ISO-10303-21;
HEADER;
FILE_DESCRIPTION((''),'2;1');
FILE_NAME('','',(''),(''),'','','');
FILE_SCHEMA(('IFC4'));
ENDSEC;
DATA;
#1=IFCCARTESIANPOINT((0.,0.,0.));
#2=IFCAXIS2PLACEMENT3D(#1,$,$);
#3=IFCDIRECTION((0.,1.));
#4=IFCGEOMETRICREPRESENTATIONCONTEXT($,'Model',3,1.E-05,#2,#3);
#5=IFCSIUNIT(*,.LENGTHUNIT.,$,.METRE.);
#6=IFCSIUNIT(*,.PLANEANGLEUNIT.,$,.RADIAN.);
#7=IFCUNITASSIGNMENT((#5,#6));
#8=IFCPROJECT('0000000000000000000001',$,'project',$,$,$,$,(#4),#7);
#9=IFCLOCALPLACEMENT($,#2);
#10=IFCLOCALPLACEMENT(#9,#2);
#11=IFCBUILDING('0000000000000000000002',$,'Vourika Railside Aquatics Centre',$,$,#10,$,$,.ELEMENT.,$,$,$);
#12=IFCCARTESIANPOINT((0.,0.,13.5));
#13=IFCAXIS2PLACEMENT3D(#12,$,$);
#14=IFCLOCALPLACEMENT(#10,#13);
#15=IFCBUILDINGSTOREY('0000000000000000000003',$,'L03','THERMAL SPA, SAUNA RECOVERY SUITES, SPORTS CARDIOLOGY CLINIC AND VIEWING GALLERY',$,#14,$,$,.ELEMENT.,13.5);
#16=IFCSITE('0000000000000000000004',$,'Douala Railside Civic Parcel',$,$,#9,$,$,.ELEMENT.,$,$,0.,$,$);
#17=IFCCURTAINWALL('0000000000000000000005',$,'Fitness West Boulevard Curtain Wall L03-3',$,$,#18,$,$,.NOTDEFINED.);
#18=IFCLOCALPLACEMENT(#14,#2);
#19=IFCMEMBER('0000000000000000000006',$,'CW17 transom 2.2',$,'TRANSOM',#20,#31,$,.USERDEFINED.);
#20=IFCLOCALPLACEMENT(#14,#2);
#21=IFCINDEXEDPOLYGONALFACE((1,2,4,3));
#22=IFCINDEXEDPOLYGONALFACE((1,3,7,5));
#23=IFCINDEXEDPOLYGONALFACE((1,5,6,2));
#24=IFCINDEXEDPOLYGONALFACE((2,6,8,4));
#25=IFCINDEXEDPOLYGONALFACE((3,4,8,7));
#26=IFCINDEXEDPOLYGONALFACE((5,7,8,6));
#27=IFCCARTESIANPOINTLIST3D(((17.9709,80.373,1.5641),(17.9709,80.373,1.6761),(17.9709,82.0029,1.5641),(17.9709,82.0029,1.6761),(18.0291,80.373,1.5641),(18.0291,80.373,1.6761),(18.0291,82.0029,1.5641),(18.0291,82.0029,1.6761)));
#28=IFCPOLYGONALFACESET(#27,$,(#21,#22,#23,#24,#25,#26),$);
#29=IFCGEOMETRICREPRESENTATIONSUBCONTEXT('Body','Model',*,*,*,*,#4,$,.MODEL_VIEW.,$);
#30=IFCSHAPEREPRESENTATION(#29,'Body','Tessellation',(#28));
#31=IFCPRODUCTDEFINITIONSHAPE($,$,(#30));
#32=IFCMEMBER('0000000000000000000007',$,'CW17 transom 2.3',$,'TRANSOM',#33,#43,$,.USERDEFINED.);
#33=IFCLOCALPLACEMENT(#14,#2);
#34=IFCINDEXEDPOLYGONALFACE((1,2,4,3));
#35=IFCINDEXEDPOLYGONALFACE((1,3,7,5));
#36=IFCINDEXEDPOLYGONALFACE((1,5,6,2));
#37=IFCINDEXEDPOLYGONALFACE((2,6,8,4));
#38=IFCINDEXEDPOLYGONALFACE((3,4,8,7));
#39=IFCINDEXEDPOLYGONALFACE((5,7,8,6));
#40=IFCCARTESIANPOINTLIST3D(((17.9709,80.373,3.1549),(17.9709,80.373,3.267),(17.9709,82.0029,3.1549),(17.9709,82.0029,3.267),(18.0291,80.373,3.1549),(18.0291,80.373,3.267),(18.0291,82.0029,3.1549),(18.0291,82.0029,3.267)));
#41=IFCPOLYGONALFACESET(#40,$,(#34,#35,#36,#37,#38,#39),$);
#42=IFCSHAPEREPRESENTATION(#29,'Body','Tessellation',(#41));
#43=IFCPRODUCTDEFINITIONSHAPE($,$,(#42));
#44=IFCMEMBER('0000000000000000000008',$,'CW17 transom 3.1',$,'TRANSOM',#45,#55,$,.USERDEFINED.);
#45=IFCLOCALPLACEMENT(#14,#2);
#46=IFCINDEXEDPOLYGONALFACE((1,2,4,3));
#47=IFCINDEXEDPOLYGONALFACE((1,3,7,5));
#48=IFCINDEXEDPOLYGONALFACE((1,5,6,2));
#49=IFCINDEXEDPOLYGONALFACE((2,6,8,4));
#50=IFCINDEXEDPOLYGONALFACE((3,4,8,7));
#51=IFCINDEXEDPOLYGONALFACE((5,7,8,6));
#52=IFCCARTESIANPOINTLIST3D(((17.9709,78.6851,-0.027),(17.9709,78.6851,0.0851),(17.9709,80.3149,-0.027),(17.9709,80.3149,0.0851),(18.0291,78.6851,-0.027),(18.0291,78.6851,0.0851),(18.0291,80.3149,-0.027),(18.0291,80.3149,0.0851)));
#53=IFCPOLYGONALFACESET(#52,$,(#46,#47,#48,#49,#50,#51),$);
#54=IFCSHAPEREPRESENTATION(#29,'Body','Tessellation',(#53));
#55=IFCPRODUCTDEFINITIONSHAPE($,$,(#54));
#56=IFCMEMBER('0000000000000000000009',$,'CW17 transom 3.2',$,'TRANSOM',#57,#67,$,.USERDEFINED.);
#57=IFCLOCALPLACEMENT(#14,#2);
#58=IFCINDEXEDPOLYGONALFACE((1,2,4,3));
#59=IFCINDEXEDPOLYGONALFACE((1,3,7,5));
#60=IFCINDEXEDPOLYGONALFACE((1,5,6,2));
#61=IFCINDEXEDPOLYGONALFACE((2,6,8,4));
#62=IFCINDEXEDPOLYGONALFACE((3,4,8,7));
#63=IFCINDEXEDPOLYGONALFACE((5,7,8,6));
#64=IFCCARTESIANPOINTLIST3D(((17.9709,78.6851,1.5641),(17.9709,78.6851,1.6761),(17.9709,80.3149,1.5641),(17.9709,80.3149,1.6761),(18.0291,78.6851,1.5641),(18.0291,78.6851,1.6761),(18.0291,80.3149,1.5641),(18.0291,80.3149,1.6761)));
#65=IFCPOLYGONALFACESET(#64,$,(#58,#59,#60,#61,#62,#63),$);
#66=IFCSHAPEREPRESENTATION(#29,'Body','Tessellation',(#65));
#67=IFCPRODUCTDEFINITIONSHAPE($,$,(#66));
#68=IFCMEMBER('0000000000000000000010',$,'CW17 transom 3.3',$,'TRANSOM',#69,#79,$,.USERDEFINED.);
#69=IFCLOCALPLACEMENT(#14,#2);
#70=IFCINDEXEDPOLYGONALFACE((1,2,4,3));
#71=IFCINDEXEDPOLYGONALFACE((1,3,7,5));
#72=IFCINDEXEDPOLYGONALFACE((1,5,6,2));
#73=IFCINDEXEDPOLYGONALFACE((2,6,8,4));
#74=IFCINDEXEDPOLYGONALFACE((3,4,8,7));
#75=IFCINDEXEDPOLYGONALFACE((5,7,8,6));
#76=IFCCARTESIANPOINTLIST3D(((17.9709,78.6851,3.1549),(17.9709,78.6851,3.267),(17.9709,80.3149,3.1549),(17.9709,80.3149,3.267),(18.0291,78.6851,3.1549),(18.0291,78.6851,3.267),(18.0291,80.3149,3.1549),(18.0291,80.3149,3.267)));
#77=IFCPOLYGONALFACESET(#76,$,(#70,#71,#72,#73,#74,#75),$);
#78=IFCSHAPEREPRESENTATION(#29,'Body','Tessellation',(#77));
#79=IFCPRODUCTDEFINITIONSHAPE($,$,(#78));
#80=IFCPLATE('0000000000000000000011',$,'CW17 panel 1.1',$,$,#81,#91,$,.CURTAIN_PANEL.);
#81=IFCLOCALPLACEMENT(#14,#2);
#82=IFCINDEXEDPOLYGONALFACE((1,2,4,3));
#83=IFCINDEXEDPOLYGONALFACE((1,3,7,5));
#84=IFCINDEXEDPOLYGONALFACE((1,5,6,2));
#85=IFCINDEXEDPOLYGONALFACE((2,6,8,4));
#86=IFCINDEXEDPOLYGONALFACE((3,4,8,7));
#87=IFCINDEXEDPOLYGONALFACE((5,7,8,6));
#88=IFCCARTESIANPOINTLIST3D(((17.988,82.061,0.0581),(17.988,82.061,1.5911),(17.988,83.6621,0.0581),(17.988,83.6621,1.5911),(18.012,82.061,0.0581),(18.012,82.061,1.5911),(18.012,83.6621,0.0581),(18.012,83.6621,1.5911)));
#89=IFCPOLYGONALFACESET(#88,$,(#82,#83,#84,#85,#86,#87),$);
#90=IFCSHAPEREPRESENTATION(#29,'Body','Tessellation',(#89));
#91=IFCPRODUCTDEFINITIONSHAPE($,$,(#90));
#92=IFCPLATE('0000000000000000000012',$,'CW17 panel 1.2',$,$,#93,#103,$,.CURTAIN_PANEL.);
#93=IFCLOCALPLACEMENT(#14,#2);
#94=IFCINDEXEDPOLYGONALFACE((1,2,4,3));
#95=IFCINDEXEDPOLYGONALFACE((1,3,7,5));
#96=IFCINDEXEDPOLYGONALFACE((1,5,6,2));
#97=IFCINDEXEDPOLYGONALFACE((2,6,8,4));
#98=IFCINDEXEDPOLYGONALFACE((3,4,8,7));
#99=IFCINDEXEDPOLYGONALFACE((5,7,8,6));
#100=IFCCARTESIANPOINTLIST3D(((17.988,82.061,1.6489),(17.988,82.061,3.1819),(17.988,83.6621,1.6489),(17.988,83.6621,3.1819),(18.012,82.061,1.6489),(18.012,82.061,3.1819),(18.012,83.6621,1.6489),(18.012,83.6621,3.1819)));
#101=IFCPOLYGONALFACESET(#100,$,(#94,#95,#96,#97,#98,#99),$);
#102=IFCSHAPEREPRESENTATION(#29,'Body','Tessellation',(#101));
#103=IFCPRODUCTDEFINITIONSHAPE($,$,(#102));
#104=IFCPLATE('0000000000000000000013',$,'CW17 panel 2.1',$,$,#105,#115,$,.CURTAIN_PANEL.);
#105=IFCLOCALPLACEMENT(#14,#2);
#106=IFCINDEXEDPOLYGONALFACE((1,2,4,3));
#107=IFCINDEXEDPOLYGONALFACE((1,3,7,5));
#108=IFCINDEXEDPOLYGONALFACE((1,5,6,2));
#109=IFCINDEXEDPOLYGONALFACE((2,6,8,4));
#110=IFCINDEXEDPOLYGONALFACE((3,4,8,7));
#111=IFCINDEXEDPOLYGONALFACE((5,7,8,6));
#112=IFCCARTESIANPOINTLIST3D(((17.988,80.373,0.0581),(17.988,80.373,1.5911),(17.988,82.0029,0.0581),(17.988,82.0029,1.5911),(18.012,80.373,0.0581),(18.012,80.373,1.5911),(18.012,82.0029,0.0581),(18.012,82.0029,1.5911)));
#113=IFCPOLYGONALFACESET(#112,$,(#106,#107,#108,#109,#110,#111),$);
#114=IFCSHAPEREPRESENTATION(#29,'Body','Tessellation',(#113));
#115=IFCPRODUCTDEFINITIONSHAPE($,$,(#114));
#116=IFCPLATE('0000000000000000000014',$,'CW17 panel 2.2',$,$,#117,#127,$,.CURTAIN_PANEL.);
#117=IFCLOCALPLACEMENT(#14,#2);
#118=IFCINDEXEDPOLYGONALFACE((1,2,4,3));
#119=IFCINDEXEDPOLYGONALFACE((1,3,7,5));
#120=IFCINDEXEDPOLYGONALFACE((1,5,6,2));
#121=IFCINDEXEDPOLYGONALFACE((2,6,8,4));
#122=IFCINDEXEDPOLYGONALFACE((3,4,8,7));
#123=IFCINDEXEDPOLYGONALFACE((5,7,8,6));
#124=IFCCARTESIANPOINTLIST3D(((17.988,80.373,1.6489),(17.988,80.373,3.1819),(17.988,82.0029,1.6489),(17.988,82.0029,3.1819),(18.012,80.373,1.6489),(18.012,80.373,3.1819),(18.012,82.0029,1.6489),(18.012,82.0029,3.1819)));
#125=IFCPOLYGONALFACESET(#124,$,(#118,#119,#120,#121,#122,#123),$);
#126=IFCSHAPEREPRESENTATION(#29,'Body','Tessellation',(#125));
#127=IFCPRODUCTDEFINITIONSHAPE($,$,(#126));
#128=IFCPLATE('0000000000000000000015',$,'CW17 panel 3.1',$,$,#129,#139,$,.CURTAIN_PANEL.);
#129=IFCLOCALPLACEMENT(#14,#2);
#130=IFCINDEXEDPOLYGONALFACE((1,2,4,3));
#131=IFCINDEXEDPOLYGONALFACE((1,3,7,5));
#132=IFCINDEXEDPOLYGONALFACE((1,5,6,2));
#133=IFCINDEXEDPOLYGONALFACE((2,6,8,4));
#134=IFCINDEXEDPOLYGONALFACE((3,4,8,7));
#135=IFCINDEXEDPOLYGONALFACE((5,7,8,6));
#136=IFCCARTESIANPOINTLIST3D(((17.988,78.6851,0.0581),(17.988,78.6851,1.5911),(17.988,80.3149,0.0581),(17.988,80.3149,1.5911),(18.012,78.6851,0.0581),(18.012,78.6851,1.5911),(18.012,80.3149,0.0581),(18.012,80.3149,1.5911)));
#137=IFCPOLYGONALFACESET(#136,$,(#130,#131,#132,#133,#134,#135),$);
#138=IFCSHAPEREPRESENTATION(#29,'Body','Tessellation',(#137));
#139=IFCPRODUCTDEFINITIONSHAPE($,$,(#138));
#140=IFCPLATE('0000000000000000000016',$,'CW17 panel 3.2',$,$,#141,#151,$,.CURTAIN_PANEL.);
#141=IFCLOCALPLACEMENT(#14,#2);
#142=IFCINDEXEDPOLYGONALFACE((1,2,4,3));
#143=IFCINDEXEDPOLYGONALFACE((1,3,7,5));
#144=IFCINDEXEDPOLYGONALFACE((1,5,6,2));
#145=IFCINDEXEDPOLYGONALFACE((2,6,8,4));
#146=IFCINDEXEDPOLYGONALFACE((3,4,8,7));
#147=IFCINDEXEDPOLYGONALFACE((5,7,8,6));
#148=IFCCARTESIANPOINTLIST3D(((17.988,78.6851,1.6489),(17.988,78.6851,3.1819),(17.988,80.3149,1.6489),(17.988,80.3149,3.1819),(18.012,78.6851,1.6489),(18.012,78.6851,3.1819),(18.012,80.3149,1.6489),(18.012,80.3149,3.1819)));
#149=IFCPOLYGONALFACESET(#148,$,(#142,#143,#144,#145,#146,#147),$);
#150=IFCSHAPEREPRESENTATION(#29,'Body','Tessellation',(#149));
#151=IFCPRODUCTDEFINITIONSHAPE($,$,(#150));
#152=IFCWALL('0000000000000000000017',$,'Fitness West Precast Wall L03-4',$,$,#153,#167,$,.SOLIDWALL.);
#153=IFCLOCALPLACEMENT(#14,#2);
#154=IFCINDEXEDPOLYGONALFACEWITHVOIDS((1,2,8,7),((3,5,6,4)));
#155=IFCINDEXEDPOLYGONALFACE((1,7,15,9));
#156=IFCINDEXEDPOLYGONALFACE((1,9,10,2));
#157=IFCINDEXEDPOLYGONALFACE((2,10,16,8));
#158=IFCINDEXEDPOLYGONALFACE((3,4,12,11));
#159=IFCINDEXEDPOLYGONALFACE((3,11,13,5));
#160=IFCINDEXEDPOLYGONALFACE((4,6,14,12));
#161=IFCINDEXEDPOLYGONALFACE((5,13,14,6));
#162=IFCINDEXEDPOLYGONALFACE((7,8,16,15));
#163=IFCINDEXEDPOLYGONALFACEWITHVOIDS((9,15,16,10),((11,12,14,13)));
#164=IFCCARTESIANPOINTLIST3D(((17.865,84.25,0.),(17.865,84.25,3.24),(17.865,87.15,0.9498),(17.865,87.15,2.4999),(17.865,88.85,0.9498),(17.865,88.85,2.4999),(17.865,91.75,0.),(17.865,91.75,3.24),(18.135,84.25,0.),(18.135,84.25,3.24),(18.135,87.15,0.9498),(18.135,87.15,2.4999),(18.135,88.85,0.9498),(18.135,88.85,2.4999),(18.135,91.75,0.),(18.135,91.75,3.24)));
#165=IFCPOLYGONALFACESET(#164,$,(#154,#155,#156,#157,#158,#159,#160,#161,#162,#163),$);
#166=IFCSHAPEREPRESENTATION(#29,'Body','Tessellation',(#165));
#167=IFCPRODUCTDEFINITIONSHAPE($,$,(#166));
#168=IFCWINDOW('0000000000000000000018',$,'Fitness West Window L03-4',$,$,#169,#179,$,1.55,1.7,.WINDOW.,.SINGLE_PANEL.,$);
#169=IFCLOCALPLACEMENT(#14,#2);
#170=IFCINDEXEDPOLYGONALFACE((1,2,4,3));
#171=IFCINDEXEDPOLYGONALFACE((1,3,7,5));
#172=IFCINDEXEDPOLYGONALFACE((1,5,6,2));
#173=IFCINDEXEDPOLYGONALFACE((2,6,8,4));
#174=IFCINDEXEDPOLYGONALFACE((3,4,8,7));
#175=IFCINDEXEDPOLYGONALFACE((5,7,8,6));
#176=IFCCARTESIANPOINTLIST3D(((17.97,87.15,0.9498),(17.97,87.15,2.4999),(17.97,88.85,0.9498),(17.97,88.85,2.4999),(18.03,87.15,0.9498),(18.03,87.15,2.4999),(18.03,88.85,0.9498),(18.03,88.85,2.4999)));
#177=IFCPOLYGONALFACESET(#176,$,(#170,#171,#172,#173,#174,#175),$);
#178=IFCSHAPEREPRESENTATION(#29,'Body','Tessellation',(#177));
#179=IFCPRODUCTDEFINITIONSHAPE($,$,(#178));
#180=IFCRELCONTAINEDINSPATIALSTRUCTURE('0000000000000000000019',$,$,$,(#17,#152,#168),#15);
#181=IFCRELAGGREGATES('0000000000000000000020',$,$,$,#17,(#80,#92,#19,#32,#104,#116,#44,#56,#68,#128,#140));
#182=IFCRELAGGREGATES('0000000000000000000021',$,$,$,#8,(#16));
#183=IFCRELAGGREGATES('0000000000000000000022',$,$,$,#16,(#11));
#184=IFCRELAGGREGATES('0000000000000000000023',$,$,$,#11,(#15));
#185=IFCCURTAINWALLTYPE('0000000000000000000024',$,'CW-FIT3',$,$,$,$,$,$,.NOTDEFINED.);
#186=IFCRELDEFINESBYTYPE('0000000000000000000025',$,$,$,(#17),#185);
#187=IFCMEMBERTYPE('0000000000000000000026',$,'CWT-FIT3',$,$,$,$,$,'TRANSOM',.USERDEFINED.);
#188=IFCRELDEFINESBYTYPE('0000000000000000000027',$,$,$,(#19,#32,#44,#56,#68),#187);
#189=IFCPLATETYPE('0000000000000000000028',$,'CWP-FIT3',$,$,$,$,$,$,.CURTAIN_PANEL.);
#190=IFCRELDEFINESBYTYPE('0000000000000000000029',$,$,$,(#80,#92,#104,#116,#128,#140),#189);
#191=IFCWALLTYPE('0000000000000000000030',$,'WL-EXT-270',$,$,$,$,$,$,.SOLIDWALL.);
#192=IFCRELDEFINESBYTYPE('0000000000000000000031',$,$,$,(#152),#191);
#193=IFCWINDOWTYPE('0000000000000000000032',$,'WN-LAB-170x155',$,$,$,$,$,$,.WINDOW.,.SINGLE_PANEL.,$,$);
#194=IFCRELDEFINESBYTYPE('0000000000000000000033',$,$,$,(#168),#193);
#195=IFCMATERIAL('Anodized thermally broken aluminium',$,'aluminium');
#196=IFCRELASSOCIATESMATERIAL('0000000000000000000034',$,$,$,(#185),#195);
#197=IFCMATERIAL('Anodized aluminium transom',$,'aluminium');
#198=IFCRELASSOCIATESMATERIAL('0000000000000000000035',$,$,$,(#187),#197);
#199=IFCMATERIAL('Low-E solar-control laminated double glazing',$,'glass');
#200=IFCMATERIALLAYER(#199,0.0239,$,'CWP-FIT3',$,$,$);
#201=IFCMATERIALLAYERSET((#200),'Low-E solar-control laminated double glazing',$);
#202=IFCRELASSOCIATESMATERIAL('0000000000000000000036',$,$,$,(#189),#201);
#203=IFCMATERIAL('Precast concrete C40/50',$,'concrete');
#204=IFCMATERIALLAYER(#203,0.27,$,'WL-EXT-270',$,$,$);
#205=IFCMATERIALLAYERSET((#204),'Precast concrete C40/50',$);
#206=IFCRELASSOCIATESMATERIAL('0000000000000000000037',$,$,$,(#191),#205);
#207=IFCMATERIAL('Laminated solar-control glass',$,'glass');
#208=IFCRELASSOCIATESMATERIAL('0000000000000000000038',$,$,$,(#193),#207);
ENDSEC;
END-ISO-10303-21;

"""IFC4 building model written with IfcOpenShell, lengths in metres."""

from ifc_helpers import new_model, si_unit, direction, frame, frame_2d, origin, origin_2d, place, context, subcontext, project, spatial, rectangle, extrude, material, layer, layer_set, material_profile, profile_set, type_object, element, fill, aggregate, save


model = new_model("IFC4")

# Units and contexts
model_context = context("Model", 3, precision=1e-05, world=origin(), true_north=direction((0.0, 1.0)))
body_context = subcontext(model_context, "Body", "Model", "MODEL_VIEW")
ifc_project = project(units=[si_unit("LENGTHUNIT", "METRE"), si_unit("PLANEANGLEUNIT", "RADIAN")], contexts=[model_context])

# Site, building, storey
site_placement = place(None, origin())
site = spatial("IfcSite", under=ifc_project, at=site_placement, Name="Douala Railside Civic Parcel", CompositionType="ELEMENT", RefElevation=0.0)
building_placement = place(site_placement, origin())
building = spatial("IfcBuilding", under=site, at=building_placement, Name="Vourika Railside Aquatics Centre", CompositionType="ELEMENT")
storey_placement = place(building_placement, frame((0.0, 0.0, 13.5)))
storey = spatial("IfcBuildingStorey", under=building, at=storey_placement, Name="L03", Description="THERMAL SPA, SAUNA RECOVERY SUITES, SPORTS CARDIOLOGY CLINIC AND VIEWING GALLERY", CompositionType="ELEMENT", Elevation=13.5)

# Curtain wall, members, plates
ifc_material_1 = material(Name="Anodized thermally broken aluminium", Category="aluminium")
curtain_wall_type = type_object("IfcCurtainWallType", Name="CW-FIT3", PredefinedType="NOTDEFINED", material=ifc_material_1)
curtain_wall_placement = place(storey_placement, origin())
curtain_wall = element("IfcCurtainWall", 1, at=curtain_wall_placement, inside=storey, type_object=curtain_wall_type, Name="Fitness West Boulevard Curtain Wall L03-3", PredefinedType="NOTDEFINED")
ifc_material_2 = material(Name="Anodized aluminium transom", Category="aluminium")
ifc_material_profile_1 = material_profile(ifc_material_2, rectangle(XDim=0.0581, YDim=0.1121, at=origin_2d()), Name="ALU-T 58x112")
ifc_profile_set_1 = profile_set([ifc_material_profile_1], Name="Anodized aluminium transom")
member_type_1 = type_object("IfcMemberType", Name="CWT-FIT3", ElementType="TRANSOM", PredefinedType="USERDEFINED", material=ifc_profile_set_1)
member_1_placement = place(storey_placement, frame((18.0, 82.0029, 1.6201), z_axis=(0.0, -1.0, 0.0), x_axis=(1.0, 0.0, 0.0)))
member_1 = element("IfcMember", 2, at=member_1_placement, type_object=member_type_1, Name="CW17 transom 2.2", ObjectType="TRANSOM", PredefinedType="USERDEFINED", context=body_context, shape_type="SweptSolid", body=[
    extrude(rectangle(XDim=0.0581, YDim=0.1121, at=origin_2d()), origin(), (0.0, 0.0, 1.0), 1.6299),
])
member_2_placement = place(storey_placement, frame((18.0, 82.0029, 3.2109), z_axis=(0.0, -1.0, 0.0), x_axis=(1.0, 0.0, 0.0)))
member_2 = element("IfcMember", 3, at=member_2_placement, type_object=member_type_1, Name="CW17 transom 2.3", ObjectType="TRANSOM", PredefinedType="USERDEFINED", context=body_context, shape_type="SweptSolid", body=[
    extrude(rectangle(XDim=0.0581, YDim=0.1121, at=origin_2d()), origin(), (0.0, 0.0, 1.0), 1.6299),
])
member_3_placement = place(storey_placement, frame((18.0, 80.3149, 0.0291), z_axis=(0.0, -1.0, 0.0), x_axis=(1.0, 0.0, 0.0)))
member_3 = element("IfcMember", 4, at=member_3_placement, type_object=member_type_1, Name="CW17 transom 3.1", ObjectType="TRANSOM", PredefinedType="USERDEFINED", context=body_context, shape_type="SweptSolid", body=[
    extrude(rectangle(XDim=0.0581, YDim=0.1121, at=origin_2d()), origin(), (0.0, 0.0, 1.0), 1.6299),
])
member_4_placement = place(storey_placement, frame((18.0, 80.3149, 1.6201), z_axis=(0.0, -1.0, 0.0), x_axis=(1.0, 0.0, 0.0)))
member_4 = element("IfcMember", 5, at=member_4_placement, type_object=member_type_1, Name="CW17 transom 3.2", ObjectType="TRANSOM", PredefinedType="USERDEFINED", context=body_context, shape_type="SweptSolid", body=[
    extrude(rectangle(XDim=0.0581, YDim=0.1121, at=origin_2d()), origin(), (0.0, 0.0, 1.0), 1.6299),
])
member_5_placement = place(storey_placement, frame((18.0, 80.3149, 3.2109), z_axis=(0.0, -1.0, 0.0), x_axis=(1.0, 0.0, 0.0)))
member_5 = element("IfcMember", 6, at=member_5_placement, type_object=member_type_1, Name="CW17 transom 3.3", ObjectType="TRANSOM", PredefinedType="USERDEFINED", context=body_context, shape_type="SweptSolid", body=[
    extrude(rectangle(XDim=0.0581, YDim=0.1121, at=origin_2d()), origin(), (0.0, 0.0, 1.0), 1.6299),
])
ifc_material_3 = material(Name="Low-E solar-control laminated double glazing", Category="glass")
ifc_layer_1 = layer(ifc_material_3, 0.0239, Name="CWP-FIT3")
ifc_layer_set_1 = layer_set([ifc_layer_1], Name="Low-E solar-control laminated double glazing")
plate_type = type_object("IfcPlateType", Name="CWP-FIT3", PredefinedType="CURTAIN_PANEL", material=ifc_layer_set_1)
plate_1_placement = place(storey_placement, frame((18.0, 82.8616, 0.0581), z_axis=(0.0, 0.0, 1.0), x_axis=(0.0, -1.0, 0.0)))
plate_1 = element("IfcPlate", 7, at=plate_1_placement, type_object=plate_type, Name="CW17 panel 1.1", PredefinedType="CURTAIN_PANEL", context=body_context, shape_type="SweptSolid", body=[
    extrude(rectangle(XDim=1.6011, YDim=0.0239, at=origin_2d()), origin(), (0.0, 0.0, 1.0), 1.533),
])
plate_2_placement = place(storey_placement, frame((18.0, 82.8616, 1.6489), z_axis=(0.0, 0.0, 1.0), x_axis=(0.0, -1.0, 0.0)))
plate_2 = element("IfcPlate", 8, at=plate_2_placement, type_object=plate_type, Name="CW17 panel 1.2", PredefinedType="CURTAIN_PANEL", context=body_context, shape_type="SweptSolid", body=[
    extrude(rectangle(XDim=1.6011, YDim=0.0239, at=origin_2d()), origin(), (0.0, 0.0, 1.0), 1.533),
])
plate_3_placement = place(storey_placement, frame((18.0, 81.188, 0.0581), z_axis=(0.0, 0.0, 1.0), x_axis=(0.0, -1.0, 0.0)))
plate_3 = element("IfcPlate", 9, at=plate_3_placement, type_object=plate_type, Name="CW17 panel 2.1", PredefinedType="CURTAIN_PANEL", context=body_context, shape_type="SweptSolid", body=[
    extrude(rectangle(XDim=1.6299, YDim=0.0239, at=origin_2d()), origin(), (0.0, 0.0, 1.0), 1.533),
])
plate_4_placement = place(storey_placement, frame((18.0, 81.188, 1.6489), z_axis=(0.0, 0.0, 1.0), x_axis=(0.0, -1.0, 0.0)))
plate_4 = element("IfcPlate", 10, at=plate_4_placement, type_object=plate_type, Name="CW17 panel 2.2", PredefinedType="CURTAIN_PANEL", context=body_context, shape_type="SweptSolid", body=[
    extrude(rectangle(XDim=1.6299, YDim=0.0239, at=origin_2d()), origin(), (0.0, 0.0, 1.0), 1.533),
])
plate_5_placement = place(storey_placement, frame((18.0, 79.5, 0.0581), z_axis=(0.0, 0.0, 1.0), x_axis=(0.0, -1.0, 0.0)))
plate_5 = element("IfcPlate", 11, at=plate_5_placement, type_object=plate_type, Name="CW17 panel 3.1", PredefinedType="CURTAIN_PANEL", context=body_context, shape_type="SweptSolid", body=[
    extrude(rectangle(XDim=1.6299, YDim=0.0239, at=origin_2d()), origin(), (0.0, 0.0, 1.0), 1.533),
])
plate_6_placement = place(storey_placement, frame((18.0, 79.5, 1.6489), z_axis=(0.0, 0.0, 1.0), x_axis=(0.0, -1.0, 0.0)))
plate_6 = element("IfcPlate", 12, at=plate_6_placement, type_object=plate_type, Name="CW17 panel 3.2", PredefinedType="CURTAIN_PANEL", context=body_context, shape_type="SweptSolid", body=[
    extrude(rectangle(XDim=1.6299, YDim=0.0239, at=origin_2d()), origin(), (0.0, 0.0, 1.0), 1.533),
])
aggregate(curtain_wall, [plate_1, plate_2, member_1, member_2, plate_3, plate_4, member_3, member_4, member_5, plate_5, plate_6])

# Wall, opening, window
ifc_material_4 = material(Name="Precast concrete C40/50", Category="concrete")
ifc_layer_2 = layer(ifc_material_4, 0.27, Name="WL-EXT-270")
ifc_layer_set_2 = layer_set([ifc_layer_2], Name="Precast concrete C40/50")
wall_type_1 = type_object("IfcWallType", Name="WL-EXT-270", PredefinedType="SOLIDWALL", material=ifc_layer_set_2)
wall_1_placement = place(storey_placement, frame((18.0, 91.75, 0.0), z_axis=(0.0, 0.0, 1.0), x_axis=(0.0, -1.0, 0.0)))
wall_1 = element("IfcWall", 13, at=wall_1_placement, inside=storey, type_object=wall_type_1, Name="Fitness West Precast Wall L03-4", PredefinedType="SOLIDWALL", context=body_context, shape_type="SweptSolid", body=[
    extrude(rectangle(XDim=7.5, YDim=0.27, at=frame_2d((3.75, 0.0))), origin(), (0.0, 0.0, 1.0), 3.24),
])
opening_1_placement = place(wall_1_placement, frame((2.8999, 0.0, 0.95)))
opening_1 = element("IfcOpeningElement", 14, at=opening_1_placement, cuts=wall_1, PredefinedType="OPENING", context=body_context, shape_type="SweptSolid", body=[
    extrude(rectangle(XDim=1.7, YDim=1.55, at=frame_2d((0.8501, 0.7749))), frame((0.0, 0.145, 0.0), z_axis=(0.0, -1.0, 0.0), x_axis=(1.0, 0.0, 0.0)), (0.0, 0.0, 1.0), 0.29),
])
ifc_material_5 = material(Name="Laminated solar-control glass", Category="glass")
window_type = type_object("IfcWindowType", Name="WN-LAB-170x155", PartitioningType="SINGLE_PANEL", PredefinedType="WINDOW", material=ifc_material_5)
window_placement = place(opening_1_placement, origin())
window = element("IfcWindow", 15, at=window_placement, inside=storey, type_object=window_type, Name="Fitness West Window L03-4", OverallHeight=1.55, OverallWidth=1.7, PartitioningType="SINGLE_PANEL", PredefinedType="WINDOW", context=body_context, shape_type="SweptSolid", body=[
    extrude(rectangle(XDim=1.7, YDim=1.55, at=frame_2d((0.8501, 0.7749))), frame((0.0, 0.03, 0.0), z_axis=(0.0, -1.0, 0.0), x_axis=(1.0, 0.0, 0.0)), (0.0, 0.0, 1.0), 0.0601),
])
fill(opening_1, window)

save(model, "model.ifc")
